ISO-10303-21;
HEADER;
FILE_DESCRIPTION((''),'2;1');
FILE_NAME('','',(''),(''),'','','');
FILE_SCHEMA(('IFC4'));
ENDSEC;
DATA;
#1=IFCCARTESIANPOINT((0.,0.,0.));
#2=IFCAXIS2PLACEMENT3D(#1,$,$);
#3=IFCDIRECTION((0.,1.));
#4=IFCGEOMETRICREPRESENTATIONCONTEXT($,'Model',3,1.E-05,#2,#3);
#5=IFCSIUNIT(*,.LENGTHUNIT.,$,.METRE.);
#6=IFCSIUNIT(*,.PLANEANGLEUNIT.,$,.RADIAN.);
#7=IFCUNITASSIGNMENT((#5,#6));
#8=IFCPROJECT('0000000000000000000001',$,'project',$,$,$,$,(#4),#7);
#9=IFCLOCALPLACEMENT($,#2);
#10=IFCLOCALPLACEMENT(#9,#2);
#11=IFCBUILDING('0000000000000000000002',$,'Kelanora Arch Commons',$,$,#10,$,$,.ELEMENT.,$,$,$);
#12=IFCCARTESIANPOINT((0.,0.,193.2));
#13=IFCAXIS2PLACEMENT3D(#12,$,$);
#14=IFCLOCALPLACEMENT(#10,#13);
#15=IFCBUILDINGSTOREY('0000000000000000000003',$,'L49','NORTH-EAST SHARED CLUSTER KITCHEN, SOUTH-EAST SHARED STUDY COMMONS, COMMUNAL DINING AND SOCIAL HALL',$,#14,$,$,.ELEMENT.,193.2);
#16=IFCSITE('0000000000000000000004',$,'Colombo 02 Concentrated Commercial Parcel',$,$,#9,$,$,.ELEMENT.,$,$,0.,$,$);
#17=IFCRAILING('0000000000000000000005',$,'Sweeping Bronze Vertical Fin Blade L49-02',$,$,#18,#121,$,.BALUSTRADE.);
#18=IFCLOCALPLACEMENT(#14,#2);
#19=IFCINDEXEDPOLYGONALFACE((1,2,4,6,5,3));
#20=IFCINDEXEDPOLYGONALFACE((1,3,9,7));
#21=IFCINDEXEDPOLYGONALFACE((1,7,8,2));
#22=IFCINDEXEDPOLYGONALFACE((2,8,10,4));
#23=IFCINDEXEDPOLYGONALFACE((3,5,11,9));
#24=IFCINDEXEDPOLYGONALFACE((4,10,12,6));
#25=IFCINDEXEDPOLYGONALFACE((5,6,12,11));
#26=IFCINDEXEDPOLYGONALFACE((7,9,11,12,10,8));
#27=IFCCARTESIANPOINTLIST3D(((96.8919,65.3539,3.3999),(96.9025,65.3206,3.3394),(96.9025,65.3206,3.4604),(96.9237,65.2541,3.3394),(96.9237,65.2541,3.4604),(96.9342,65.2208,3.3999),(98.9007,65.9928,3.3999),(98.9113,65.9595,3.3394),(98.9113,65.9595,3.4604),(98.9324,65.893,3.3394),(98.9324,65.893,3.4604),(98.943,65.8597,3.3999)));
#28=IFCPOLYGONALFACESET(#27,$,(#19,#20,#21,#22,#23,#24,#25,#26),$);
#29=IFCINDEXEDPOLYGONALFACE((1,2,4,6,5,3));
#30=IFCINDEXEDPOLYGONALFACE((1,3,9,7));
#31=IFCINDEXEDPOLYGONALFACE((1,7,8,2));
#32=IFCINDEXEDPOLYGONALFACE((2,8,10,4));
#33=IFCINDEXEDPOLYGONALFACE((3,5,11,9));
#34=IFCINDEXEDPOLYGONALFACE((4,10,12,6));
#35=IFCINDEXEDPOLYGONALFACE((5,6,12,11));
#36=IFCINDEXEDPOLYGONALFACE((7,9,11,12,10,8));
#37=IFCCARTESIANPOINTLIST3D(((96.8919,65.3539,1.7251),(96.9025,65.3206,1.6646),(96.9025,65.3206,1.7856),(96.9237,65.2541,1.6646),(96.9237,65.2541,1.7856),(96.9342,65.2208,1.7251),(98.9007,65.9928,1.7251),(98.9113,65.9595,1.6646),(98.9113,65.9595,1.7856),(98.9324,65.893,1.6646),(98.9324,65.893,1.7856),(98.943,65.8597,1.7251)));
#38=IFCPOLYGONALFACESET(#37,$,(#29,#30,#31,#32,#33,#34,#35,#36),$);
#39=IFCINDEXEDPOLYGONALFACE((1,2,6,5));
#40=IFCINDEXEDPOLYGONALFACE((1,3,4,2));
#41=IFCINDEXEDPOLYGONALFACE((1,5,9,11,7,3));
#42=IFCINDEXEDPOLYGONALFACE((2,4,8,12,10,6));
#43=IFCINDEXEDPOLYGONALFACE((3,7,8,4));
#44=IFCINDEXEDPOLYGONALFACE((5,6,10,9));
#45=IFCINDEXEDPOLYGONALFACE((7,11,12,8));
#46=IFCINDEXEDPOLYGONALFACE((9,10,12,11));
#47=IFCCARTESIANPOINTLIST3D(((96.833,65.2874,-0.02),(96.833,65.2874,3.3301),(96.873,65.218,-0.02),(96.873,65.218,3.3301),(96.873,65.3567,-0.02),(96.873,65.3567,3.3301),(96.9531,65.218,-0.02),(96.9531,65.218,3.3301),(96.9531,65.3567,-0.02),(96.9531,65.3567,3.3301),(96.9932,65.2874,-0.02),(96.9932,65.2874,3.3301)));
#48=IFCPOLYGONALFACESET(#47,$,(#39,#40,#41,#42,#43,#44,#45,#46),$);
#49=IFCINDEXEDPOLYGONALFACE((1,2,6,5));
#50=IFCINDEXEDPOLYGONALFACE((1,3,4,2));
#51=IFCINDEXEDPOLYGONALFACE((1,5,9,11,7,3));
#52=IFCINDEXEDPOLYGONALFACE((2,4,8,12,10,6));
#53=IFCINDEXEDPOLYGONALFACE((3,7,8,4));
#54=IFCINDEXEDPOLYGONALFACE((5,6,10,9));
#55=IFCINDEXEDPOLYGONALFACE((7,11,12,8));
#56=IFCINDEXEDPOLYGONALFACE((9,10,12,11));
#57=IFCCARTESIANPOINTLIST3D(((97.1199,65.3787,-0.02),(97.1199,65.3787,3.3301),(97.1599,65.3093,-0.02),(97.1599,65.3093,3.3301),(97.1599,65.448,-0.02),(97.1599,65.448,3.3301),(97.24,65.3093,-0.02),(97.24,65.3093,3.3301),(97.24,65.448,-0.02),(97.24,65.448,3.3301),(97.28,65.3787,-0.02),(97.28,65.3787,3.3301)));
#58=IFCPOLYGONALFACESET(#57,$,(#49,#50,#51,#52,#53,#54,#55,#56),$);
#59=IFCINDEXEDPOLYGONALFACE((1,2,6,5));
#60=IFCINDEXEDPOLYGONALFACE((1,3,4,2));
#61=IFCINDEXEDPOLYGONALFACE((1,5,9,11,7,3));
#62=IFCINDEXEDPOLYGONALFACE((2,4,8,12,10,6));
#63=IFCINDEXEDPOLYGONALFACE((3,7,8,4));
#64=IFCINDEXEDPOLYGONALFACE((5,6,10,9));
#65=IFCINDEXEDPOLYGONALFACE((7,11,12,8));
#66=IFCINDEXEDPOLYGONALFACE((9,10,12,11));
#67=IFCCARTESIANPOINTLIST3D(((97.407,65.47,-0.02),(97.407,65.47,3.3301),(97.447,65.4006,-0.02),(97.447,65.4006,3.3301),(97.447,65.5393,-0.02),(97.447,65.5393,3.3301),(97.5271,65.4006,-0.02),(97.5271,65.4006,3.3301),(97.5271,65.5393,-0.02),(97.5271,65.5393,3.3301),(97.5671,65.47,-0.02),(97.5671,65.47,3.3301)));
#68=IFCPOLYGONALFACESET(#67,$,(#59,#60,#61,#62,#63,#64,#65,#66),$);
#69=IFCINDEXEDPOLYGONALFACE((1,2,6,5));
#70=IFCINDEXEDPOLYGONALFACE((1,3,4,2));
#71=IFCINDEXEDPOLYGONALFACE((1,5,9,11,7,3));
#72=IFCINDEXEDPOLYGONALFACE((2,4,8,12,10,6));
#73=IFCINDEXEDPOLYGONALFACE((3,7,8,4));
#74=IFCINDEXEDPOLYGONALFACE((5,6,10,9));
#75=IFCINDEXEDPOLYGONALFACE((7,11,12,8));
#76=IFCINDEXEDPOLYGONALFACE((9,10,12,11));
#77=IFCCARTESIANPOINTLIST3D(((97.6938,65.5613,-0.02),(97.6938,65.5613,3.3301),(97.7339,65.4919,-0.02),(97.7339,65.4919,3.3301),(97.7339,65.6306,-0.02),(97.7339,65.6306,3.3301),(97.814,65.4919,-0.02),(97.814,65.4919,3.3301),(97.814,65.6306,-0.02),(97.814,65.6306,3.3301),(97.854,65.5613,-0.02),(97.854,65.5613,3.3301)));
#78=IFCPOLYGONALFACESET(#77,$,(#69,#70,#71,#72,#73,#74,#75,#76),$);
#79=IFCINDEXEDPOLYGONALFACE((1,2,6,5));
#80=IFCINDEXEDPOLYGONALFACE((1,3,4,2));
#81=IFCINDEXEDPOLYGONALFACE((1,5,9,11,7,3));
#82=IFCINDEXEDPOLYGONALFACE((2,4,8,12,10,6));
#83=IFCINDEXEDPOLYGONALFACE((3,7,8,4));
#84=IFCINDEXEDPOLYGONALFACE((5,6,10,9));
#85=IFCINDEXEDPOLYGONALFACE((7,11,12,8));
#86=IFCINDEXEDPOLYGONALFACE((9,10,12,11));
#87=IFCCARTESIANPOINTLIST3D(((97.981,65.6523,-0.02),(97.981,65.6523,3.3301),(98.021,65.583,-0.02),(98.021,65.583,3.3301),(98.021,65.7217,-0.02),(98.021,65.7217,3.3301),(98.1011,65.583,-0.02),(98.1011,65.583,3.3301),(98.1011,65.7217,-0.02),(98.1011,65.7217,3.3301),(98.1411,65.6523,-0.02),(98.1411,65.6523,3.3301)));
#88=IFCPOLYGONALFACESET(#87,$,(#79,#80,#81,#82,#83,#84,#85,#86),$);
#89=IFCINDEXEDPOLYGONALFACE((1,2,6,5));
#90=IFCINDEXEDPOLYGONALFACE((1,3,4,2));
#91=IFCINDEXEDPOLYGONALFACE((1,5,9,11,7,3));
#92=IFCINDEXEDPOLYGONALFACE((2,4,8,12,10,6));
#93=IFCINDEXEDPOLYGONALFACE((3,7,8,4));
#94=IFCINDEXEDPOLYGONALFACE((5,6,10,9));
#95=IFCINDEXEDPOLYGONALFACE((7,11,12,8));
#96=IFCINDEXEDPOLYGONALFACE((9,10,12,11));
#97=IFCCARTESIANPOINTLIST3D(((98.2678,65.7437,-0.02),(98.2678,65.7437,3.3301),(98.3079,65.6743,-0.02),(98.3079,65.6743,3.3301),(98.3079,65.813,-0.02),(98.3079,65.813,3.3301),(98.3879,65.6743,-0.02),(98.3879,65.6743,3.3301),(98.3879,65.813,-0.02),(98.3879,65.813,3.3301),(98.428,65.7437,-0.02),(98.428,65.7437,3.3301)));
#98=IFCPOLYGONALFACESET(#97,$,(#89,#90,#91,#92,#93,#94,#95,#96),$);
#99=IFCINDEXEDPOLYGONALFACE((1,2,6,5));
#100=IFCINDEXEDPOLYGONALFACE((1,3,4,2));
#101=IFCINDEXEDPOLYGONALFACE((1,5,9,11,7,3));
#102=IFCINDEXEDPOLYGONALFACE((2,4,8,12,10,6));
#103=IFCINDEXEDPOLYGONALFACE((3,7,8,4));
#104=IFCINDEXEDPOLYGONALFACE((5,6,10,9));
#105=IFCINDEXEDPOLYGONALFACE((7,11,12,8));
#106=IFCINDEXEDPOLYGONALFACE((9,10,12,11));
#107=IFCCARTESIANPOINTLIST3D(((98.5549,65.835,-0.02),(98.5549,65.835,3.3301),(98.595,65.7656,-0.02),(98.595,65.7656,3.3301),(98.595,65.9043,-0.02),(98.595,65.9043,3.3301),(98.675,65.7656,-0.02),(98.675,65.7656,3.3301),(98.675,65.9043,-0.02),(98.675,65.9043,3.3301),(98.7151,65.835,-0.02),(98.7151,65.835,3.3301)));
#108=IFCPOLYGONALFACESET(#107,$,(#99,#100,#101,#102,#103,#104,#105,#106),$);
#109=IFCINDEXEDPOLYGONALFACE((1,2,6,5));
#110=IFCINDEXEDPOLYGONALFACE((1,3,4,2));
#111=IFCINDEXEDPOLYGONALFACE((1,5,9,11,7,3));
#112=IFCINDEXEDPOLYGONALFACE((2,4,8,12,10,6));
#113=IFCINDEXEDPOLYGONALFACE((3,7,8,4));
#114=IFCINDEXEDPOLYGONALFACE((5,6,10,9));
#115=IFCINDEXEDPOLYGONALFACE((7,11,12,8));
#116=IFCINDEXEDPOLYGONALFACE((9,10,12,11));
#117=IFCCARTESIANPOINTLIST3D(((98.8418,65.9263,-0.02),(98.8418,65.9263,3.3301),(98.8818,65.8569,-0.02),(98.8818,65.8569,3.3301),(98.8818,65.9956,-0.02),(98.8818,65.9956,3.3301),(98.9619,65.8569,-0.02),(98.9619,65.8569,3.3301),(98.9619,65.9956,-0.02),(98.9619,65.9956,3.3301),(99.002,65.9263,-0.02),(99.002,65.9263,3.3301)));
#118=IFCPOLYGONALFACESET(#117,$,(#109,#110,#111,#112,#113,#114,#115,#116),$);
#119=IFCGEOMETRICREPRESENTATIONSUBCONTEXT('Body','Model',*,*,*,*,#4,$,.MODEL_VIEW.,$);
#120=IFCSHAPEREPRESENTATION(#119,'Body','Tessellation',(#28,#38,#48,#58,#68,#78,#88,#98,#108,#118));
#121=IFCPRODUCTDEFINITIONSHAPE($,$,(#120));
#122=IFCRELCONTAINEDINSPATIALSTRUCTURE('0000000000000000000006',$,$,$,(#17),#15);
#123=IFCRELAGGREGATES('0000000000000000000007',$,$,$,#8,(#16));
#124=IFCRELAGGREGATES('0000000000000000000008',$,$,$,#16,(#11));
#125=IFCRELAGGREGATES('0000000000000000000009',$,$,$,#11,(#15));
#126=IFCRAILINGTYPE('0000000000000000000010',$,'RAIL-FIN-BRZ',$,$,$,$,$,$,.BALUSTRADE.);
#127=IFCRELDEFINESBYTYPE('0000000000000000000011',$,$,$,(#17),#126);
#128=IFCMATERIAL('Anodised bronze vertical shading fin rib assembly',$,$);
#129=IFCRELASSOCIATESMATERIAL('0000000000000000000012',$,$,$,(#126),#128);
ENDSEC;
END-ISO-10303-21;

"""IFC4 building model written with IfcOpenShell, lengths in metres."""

from ifc_helpers import new_model, si_unit, direction, frame, origin, place, context, subcontext, project, spatial, polyline, outline, extrude, material, type_object, element, save


model = new_model("IFC4")

# Units and contexts
model_context = context("Model", 3, precision=1e-05, world=origin(), true_north=direction((0.0, 1.0)))
body_context = subcontext(model_context, "Body", "Model", "MODEL_VIEW")
ifc_project = project(units=[si_unit("LENGTHUNIT", "METRE"), si_unit("PLANEANGLEUNIT", "RADIAN")], contexts=[model_context])

# Site, building, storey
site_placement = place(None, origin())
site = spatial("IfcSite", under=ifc_project, at=site_placement, Name="Colombo 02 Concentrated Commercial Parcel", CompositionType="ELEMENT", RefElevation=0.0)
building_placement = place(site_placement, origin())
building = spatial("IfcBuilding", under=site, at=building_placement, Name="Kelanora Arch Commons", CompositionType="ELEMENT")
storey_placement = place(building_placement, frame((0.0, 0.0, 193.2)))
storey = spatial("IfcBuildingStorey", under=building, at=storey_placement, Name="L49", Description="NORTH-EAST SHARED CLUSTER KITCHEN, SOUTH-EAST SHARED STUDY COMMONS, COMMUNAL DINING AND SOCIAL HALL", CompositionType="ELEMENT", Elevation=193.2)

# Railing
ifc_material_1 = material(Name="Anodised bronze vertical shading fin rib assembly")
railing_type = type_object("IfcRailingType", Name="RAIL-FIN-BRZ", PredefinedType="BALUSTRADE", material=ifc_material_1)
railing_1_placement = place(storey_placement, frame((96.9131, 65.2874, -0.02)))
element("IfcRailing", 1, at=railing_1_placement, inside=storey, type_object=railing_type, Name="Sweeping Bronze Vertical Fin Blade L49-02", PredefinedType="BALUSTRADE", context=body_context, shape_type="SweptSolid", body=[
    extrude(outline(polyline([(0.0698, 0.0), (0.0349, 0.0605), (-0.0349, 0.0605), (-0.0698, 0.0), (-0.0349, -0.0605), (0.0349, -0.0605), (0.0698, 0.0)])), frame((0.0, 0.0, 3.4199), z_axis=(0.952959, 0.303098, 0.0), x_axis=(-0.303098, 0.952959, 0.0)), (0.0, 0.0, 1.0), 2.1079),
    extrude(outline(polyline([(0.0698, 0.0), (0.0349, 0.0605), (-0.0349, 0.0605), (-0.0698, 0.0), (-0.0349, -0.0605), (0.0349, -0.0605), (0.0698, 0.0)])), frame((0.0, 0.0, 1.7451), z_axis=(0.952959, 0.303098, 0.0), x_axis=(-0.303098, 0.952959, 0.0)), (0.0, 0.0, 1.0), 2.1079),
    extrude(outline(polyline([(0.0801, 0.0), (0.04, 0.0693), (-0.04, 0.0693), (-0.0801, 0.0), (-0.04, -0.0693), (0.04, -0.0693), (0.0801, 0.0)])), origin(), (0.0, 0.0, 1.0), 3.3501),
    extrude(outline(polyline([(0.0801, 0.0), (0.04, 0.0693), (-0.04, 0.0693), (-0.0801, 0.0), (-0.04, -0.0693), (0.04, -0.0693), (0.0801, 0.0)])), frame((0.2869, 0.0913, 0.0)), (0.0, 0.0, 1.0), 3.3501),
    extrude(outline(polyline([(0.0801, 0.0), (0.04, 0.0693), (-0.04, 0.0693), (-0.0801, 0.0), (-0.04, -0.0693), (0.04, -0.0693), (0.0801, 0.0)])), frame((0.574, 0.1826, 0.0)), (0.0, 0.0, 1.0), 3.3501),
    extrude(outline(polyline([(0.0801, 0.0), (0.04, 0.0693), (-0.04, 0.0693), (-0.0801, 0.0), (-0.04, -0.0693), (0.04, -0.0693), (0.0801, 0.0)])), frame((0.8608, 0.2739, 0.0)), (0.0, 0.0, 1.0), 3.3501),
    extrude(outline(polyline([(0.0801, 0.0), (0.04, 0.0693), (-0.04, 0.0693), (-0.0801, 0.0), (-0.04, -0.0693), (0.04, -0.0693), (0.0801, 0.0)])), frame((1.1479, 0.365, 0.0)), (0.0, 0.0, 1.0), 3.3501),
    extrude(outline(polyline([(0.0801, 0.0), (0.04, 0.0693), (-0.04, 0.0693), (-0.0801, 0.0), (-0.04, -0.0693), (0.04, -0.0693), (0.0801, 0.0)])), frame((1.4348, 0.4563, 0.0)), (0.0, 0.0, 1.0), 3.3501),
    extrude(outline(polyline([(0.0801, 0.0), (0.04, 0.0693), (-0.04, 0.0693), (-0.0801, 0.0), (-0.04, -0.0693), (0.04, -0.0693), (0.0801, 0.0)])), frame((1.7219, 0.5476, 0.0)), (0.0, 0.0, 1.0), 3.3501),
    extrude(outline(polyline([(0.0801, 0.0), (0.04, 0.0693), (-0.04, 0.0693), (-0.0801, 0.0), (-0.04, -0.0693), (0.04, -0.0693), (0.0801, 0.0)])), frame((2.0088, 0.6389, 0.0)), (0.0, 0.0, 1.0), 3.3501),
])

save(model, "model.ifc")
